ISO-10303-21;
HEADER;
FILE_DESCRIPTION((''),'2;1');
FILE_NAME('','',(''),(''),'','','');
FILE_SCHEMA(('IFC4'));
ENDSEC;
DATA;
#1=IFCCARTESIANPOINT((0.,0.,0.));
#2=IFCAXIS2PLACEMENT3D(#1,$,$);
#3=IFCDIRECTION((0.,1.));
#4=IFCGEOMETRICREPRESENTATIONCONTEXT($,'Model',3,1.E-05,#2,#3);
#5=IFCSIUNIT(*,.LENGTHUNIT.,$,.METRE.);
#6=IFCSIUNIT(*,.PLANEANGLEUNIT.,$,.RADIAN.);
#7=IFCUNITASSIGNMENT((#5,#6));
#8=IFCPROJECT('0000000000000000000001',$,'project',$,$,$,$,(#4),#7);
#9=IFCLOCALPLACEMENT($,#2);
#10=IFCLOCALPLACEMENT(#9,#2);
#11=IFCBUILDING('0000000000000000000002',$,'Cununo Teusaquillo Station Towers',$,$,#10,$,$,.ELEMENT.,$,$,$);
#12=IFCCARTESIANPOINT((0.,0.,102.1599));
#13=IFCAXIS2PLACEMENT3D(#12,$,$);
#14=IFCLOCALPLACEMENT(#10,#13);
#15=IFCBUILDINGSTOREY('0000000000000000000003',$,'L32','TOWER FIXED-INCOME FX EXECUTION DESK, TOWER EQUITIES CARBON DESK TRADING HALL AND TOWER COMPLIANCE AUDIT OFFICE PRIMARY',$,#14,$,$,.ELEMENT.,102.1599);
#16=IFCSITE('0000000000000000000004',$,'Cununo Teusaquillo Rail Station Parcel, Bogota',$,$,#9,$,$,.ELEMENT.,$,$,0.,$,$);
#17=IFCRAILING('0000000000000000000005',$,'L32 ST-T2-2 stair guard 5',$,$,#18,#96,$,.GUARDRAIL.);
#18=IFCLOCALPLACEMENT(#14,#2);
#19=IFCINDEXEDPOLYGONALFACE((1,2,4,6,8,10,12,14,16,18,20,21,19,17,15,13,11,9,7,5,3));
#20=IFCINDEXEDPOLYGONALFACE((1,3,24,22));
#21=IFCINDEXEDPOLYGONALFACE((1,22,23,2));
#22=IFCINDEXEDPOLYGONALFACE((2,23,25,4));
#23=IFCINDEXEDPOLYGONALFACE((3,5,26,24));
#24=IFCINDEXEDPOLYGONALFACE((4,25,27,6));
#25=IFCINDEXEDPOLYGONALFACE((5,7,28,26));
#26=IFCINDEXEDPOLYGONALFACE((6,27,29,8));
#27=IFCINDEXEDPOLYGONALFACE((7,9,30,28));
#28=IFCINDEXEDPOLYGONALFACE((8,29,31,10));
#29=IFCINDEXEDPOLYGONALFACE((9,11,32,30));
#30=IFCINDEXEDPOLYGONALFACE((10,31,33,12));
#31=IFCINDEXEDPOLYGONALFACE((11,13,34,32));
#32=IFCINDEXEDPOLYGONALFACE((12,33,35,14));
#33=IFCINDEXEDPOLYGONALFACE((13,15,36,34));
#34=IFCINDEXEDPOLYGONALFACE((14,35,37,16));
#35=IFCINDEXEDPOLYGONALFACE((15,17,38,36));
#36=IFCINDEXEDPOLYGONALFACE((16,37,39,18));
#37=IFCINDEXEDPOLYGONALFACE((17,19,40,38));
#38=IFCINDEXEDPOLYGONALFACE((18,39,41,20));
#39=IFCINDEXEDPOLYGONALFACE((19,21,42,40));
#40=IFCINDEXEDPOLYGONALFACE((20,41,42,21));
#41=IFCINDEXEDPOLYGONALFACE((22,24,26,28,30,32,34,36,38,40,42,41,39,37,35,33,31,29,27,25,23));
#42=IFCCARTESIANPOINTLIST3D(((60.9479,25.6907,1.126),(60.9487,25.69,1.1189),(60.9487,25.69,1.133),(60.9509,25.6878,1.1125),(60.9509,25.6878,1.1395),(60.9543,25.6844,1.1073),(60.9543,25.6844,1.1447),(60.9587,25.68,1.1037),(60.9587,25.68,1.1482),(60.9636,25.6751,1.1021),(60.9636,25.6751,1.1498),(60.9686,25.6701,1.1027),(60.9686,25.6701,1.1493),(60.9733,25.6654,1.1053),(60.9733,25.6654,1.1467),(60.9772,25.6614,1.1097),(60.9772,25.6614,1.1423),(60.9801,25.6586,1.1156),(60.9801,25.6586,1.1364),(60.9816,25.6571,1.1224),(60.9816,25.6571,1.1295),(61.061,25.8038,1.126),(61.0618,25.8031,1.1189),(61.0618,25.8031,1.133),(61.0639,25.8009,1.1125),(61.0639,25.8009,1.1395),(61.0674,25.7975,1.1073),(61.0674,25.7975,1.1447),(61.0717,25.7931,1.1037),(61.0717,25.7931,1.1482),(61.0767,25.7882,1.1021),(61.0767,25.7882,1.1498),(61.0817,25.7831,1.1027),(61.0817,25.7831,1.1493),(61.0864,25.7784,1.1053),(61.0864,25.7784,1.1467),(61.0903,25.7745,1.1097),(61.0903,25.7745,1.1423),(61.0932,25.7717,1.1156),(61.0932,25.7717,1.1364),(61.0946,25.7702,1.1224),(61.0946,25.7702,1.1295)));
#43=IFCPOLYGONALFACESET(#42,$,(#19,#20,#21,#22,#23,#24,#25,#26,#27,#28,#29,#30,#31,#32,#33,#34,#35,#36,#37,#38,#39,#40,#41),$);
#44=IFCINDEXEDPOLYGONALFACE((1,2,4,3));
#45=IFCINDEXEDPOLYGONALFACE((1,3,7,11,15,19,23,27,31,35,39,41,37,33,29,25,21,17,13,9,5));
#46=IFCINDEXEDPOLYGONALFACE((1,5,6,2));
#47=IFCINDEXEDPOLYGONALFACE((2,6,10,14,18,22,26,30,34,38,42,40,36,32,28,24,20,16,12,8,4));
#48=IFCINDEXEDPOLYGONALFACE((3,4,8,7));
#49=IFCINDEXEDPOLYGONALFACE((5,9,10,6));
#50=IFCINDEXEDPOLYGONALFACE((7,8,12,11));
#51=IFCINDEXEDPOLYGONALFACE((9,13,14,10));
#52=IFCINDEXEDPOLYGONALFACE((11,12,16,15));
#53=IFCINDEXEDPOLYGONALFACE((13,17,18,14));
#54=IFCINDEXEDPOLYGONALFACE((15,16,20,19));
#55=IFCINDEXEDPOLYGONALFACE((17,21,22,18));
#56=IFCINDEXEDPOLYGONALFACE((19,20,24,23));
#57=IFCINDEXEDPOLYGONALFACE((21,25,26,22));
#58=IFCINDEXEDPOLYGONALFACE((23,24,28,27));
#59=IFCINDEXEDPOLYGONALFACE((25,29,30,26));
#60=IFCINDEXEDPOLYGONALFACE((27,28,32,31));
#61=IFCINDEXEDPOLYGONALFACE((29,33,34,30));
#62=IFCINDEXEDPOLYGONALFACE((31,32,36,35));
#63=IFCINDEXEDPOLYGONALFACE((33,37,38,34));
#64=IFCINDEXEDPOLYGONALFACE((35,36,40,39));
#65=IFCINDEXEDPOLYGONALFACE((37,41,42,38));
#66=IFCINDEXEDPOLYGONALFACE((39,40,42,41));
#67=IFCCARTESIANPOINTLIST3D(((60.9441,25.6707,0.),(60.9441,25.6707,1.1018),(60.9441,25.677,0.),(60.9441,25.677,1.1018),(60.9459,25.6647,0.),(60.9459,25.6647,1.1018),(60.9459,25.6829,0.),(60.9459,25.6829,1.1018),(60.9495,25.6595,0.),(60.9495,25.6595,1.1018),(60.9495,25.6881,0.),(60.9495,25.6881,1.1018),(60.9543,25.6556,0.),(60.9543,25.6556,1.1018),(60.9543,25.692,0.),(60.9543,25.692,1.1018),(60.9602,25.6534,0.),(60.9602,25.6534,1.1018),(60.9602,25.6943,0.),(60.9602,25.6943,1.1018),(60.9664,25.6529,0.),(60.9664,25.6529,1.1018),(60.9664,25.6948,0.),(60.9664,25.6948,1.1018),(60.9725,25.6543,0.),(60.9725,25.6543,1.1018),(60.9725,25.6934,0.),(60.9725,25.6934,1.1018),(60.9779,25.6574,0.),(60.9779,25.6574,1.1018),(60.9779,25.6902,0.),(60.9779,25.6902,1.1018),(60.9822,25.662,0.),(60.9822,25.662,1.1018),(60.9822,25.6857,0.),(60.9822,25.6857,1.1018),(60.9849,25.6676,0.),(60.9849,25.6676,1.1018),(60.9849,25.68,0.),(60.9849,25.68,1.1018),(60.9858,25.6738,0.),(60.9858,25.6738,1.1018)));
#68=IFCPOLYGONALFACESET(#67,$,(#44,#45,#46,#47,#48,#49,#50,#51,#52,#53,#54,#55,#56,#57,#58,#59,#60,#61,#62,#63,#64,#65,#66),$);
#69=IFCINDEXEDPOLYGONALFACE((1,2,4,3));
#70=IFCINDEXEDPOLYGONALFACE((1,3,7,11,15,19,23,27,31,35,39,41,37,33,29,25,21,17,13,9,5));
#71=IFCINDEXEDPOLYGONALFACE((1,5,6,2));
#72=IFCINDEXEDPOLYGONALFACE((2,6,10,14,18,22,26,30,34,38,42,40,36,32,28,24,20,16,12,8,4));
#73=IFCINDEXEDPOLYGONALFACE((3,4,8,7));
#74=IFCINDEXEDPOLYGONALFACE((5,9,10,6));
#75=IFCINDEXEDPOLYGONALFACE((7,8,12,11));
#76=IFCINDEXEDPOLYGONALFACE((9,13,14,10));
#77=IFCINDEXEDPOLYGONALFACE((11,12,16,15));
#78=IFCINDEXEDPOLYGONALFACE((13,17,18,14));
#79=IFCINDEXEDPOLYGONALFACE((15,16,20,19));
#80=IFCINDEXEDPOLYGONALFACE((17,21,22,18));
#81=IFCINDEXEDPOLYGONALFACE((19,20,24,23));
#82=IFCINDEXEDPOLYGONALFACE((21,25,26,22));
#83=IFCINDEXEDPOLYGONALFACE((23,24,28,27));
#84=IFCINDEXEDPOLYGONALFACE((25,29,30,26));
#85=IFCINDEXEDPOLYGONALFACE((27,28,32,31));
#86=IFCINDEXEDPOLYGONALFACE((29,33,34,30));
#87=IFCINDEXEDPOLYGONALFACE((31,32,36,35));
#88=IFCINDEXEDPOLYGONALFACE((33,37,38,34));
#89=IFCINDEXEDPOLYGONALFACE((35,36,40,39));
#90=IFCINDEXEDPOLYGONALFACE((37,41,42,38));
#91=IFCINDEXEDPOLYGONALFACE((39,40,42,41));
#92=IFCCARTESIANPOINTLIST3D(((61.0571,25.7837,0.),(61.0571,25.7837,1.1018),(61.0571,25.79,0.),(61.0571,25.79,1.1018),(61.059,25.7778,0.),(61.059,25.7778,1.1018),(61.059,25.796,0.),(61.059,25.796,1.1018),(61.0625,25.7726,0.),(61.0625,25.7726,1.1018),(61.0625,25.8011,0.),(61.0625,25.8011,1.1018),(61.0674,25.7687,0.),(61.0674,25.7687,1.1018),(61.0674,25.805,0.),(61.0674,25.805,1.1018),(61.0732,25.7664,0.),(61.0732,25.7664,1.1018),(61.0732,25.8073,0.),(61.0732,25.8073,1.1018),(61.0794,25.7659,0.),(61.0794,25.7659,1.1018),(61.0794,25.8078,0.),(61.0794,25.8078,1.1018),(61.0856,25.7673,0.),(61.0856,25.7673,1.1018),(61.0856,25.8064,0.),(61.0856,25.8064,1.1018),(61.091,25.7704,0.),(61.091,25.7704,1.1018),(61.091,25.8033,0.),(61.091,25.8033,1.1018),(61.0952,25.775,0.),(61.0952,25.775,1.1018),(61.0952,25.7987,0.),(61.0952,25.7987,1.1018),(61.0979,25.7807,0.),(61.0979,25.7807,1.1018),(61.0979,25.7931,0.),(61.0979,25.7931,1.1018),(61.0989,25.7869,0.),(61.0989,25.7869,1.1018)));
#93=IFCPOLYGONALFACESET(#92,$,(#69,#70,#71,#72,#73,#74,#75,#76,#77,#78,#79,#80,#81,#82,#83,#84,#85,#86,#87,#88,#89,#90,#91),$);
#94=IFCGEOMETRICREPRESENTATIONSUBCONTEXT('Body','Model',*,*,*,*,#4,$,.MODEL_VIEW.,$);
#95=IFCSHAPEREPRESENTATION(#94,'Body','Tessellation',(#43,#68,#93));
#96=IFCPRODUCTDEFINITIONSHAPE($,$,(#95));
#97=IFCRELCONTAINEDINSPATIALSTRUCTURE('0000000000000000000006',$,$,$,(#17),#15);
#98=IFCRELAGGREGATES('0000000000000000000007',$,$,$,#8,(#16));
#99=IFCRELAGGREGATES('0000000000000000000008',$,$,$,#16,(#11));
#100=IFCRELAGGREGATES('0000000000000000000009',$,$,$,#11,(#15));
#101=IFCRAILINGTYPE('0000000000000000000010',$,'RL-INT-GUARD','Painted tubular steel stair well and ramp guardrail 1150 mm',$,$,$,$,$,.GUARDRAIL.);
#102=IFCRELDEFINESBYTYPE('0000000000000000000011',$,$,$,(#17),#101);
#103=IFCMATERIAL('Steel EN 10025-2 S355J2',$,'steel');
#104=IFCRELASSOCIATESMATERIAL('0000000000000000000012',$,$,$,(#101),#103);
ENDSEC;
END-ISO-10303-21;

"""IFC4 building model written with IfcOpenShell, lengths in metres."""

from ifc_helpers import new_model, si_unit, direction, frame, origin, origin_2d, place, context, subcontext, project, spatial, circle, extrude, material, type_object, element, save


model = new_model("IFC4")

# Units and contexts
model_context = context("Model", 3, precision=1e-05, world=origin(), true_north=direction((0.0, 1.0)))
body_context = subcontext(model_context, "Body", "Model", "MODEL_VIEW")
ifc_project = project(units=[si_unit("LENGTHUNIT", "METRE"), si_unit("PLANEANGLEUNIT", "RADIAN")], contexts=[model_context])

# Site, building, storey
site_placement = place(None, origin())
site = spatial("IfcSite", under=ifc_project, at=site_placement, Name="Cununo Teusaquillo Rail Station Parcel, Bogota", CompositionType="ELEMENT", RefElevation=0.0)
building_placement = place(site_placement, origin())
building = spatial("IfcBuilding", under=site, at=building_placement, Name="Cununo Teusaquillo Station Towers", CompositionType="ELEMENT")
storey_placement = place(building_placement, frame((0.0, 0.0, 102.1599)))
storey = spatial("IfcBuildingStorey", under=building, at=storey_placement, Name="L32", Description="TOWER FIXED-INCOME FX EXECUTION DESK, TOWER EQUITIES CARBON DESK TRADING HALL AND TOWER COMPLIANCE AUDIT OFFICE PRIMARY", CompositionType="ELEMENT", Elevation=102.1599)

# Railing
ifc_material_1 = material(Name="Steel EN 10025-2 S355J2", Category="steel")
railing_type_1 = type_object("IfcRailingType", Name="RL-INT-GUARD", Description="Painted tubular steel stair well and ramp guardrail 1150 mm", PredefinedType="GUARDRAIL", material=ifc_material_1)
railing_1_placement = place(storey_placement, frame((60.9648, 25.6738, 0.0)))
element("IfcRailing", 1, at=railing_1_placement, inside=storey, type_object=railing_type_1, Name="L32 ST-T2-2 stair guard 5", PredefinedType="GUARDRAIL", context=body_context, shape_type="SweptSolid", body=[
    extrude(circle(Radius=0.0239, at=origin_2d()), frame((0.0, 0.0, 1.126), z_axis=(0.707107, 0.707107, 0.0), x_axis=(-0.707107, 0.707107, 0.0)), (0.0, 0.0, 1.0), 0.1599),
    extrude(circle(Radius=0.021, at=origin_2d()), origin(), (0.0, 0.0, 1.0), 1.1018),
    extrude(circle(Radius=0.021, at=origin_2d()), frame((0.113, 0.113, 0.0)), (0.0, 0.0, 1.0), 1.1018),
])

save(model, "model.ifc")
